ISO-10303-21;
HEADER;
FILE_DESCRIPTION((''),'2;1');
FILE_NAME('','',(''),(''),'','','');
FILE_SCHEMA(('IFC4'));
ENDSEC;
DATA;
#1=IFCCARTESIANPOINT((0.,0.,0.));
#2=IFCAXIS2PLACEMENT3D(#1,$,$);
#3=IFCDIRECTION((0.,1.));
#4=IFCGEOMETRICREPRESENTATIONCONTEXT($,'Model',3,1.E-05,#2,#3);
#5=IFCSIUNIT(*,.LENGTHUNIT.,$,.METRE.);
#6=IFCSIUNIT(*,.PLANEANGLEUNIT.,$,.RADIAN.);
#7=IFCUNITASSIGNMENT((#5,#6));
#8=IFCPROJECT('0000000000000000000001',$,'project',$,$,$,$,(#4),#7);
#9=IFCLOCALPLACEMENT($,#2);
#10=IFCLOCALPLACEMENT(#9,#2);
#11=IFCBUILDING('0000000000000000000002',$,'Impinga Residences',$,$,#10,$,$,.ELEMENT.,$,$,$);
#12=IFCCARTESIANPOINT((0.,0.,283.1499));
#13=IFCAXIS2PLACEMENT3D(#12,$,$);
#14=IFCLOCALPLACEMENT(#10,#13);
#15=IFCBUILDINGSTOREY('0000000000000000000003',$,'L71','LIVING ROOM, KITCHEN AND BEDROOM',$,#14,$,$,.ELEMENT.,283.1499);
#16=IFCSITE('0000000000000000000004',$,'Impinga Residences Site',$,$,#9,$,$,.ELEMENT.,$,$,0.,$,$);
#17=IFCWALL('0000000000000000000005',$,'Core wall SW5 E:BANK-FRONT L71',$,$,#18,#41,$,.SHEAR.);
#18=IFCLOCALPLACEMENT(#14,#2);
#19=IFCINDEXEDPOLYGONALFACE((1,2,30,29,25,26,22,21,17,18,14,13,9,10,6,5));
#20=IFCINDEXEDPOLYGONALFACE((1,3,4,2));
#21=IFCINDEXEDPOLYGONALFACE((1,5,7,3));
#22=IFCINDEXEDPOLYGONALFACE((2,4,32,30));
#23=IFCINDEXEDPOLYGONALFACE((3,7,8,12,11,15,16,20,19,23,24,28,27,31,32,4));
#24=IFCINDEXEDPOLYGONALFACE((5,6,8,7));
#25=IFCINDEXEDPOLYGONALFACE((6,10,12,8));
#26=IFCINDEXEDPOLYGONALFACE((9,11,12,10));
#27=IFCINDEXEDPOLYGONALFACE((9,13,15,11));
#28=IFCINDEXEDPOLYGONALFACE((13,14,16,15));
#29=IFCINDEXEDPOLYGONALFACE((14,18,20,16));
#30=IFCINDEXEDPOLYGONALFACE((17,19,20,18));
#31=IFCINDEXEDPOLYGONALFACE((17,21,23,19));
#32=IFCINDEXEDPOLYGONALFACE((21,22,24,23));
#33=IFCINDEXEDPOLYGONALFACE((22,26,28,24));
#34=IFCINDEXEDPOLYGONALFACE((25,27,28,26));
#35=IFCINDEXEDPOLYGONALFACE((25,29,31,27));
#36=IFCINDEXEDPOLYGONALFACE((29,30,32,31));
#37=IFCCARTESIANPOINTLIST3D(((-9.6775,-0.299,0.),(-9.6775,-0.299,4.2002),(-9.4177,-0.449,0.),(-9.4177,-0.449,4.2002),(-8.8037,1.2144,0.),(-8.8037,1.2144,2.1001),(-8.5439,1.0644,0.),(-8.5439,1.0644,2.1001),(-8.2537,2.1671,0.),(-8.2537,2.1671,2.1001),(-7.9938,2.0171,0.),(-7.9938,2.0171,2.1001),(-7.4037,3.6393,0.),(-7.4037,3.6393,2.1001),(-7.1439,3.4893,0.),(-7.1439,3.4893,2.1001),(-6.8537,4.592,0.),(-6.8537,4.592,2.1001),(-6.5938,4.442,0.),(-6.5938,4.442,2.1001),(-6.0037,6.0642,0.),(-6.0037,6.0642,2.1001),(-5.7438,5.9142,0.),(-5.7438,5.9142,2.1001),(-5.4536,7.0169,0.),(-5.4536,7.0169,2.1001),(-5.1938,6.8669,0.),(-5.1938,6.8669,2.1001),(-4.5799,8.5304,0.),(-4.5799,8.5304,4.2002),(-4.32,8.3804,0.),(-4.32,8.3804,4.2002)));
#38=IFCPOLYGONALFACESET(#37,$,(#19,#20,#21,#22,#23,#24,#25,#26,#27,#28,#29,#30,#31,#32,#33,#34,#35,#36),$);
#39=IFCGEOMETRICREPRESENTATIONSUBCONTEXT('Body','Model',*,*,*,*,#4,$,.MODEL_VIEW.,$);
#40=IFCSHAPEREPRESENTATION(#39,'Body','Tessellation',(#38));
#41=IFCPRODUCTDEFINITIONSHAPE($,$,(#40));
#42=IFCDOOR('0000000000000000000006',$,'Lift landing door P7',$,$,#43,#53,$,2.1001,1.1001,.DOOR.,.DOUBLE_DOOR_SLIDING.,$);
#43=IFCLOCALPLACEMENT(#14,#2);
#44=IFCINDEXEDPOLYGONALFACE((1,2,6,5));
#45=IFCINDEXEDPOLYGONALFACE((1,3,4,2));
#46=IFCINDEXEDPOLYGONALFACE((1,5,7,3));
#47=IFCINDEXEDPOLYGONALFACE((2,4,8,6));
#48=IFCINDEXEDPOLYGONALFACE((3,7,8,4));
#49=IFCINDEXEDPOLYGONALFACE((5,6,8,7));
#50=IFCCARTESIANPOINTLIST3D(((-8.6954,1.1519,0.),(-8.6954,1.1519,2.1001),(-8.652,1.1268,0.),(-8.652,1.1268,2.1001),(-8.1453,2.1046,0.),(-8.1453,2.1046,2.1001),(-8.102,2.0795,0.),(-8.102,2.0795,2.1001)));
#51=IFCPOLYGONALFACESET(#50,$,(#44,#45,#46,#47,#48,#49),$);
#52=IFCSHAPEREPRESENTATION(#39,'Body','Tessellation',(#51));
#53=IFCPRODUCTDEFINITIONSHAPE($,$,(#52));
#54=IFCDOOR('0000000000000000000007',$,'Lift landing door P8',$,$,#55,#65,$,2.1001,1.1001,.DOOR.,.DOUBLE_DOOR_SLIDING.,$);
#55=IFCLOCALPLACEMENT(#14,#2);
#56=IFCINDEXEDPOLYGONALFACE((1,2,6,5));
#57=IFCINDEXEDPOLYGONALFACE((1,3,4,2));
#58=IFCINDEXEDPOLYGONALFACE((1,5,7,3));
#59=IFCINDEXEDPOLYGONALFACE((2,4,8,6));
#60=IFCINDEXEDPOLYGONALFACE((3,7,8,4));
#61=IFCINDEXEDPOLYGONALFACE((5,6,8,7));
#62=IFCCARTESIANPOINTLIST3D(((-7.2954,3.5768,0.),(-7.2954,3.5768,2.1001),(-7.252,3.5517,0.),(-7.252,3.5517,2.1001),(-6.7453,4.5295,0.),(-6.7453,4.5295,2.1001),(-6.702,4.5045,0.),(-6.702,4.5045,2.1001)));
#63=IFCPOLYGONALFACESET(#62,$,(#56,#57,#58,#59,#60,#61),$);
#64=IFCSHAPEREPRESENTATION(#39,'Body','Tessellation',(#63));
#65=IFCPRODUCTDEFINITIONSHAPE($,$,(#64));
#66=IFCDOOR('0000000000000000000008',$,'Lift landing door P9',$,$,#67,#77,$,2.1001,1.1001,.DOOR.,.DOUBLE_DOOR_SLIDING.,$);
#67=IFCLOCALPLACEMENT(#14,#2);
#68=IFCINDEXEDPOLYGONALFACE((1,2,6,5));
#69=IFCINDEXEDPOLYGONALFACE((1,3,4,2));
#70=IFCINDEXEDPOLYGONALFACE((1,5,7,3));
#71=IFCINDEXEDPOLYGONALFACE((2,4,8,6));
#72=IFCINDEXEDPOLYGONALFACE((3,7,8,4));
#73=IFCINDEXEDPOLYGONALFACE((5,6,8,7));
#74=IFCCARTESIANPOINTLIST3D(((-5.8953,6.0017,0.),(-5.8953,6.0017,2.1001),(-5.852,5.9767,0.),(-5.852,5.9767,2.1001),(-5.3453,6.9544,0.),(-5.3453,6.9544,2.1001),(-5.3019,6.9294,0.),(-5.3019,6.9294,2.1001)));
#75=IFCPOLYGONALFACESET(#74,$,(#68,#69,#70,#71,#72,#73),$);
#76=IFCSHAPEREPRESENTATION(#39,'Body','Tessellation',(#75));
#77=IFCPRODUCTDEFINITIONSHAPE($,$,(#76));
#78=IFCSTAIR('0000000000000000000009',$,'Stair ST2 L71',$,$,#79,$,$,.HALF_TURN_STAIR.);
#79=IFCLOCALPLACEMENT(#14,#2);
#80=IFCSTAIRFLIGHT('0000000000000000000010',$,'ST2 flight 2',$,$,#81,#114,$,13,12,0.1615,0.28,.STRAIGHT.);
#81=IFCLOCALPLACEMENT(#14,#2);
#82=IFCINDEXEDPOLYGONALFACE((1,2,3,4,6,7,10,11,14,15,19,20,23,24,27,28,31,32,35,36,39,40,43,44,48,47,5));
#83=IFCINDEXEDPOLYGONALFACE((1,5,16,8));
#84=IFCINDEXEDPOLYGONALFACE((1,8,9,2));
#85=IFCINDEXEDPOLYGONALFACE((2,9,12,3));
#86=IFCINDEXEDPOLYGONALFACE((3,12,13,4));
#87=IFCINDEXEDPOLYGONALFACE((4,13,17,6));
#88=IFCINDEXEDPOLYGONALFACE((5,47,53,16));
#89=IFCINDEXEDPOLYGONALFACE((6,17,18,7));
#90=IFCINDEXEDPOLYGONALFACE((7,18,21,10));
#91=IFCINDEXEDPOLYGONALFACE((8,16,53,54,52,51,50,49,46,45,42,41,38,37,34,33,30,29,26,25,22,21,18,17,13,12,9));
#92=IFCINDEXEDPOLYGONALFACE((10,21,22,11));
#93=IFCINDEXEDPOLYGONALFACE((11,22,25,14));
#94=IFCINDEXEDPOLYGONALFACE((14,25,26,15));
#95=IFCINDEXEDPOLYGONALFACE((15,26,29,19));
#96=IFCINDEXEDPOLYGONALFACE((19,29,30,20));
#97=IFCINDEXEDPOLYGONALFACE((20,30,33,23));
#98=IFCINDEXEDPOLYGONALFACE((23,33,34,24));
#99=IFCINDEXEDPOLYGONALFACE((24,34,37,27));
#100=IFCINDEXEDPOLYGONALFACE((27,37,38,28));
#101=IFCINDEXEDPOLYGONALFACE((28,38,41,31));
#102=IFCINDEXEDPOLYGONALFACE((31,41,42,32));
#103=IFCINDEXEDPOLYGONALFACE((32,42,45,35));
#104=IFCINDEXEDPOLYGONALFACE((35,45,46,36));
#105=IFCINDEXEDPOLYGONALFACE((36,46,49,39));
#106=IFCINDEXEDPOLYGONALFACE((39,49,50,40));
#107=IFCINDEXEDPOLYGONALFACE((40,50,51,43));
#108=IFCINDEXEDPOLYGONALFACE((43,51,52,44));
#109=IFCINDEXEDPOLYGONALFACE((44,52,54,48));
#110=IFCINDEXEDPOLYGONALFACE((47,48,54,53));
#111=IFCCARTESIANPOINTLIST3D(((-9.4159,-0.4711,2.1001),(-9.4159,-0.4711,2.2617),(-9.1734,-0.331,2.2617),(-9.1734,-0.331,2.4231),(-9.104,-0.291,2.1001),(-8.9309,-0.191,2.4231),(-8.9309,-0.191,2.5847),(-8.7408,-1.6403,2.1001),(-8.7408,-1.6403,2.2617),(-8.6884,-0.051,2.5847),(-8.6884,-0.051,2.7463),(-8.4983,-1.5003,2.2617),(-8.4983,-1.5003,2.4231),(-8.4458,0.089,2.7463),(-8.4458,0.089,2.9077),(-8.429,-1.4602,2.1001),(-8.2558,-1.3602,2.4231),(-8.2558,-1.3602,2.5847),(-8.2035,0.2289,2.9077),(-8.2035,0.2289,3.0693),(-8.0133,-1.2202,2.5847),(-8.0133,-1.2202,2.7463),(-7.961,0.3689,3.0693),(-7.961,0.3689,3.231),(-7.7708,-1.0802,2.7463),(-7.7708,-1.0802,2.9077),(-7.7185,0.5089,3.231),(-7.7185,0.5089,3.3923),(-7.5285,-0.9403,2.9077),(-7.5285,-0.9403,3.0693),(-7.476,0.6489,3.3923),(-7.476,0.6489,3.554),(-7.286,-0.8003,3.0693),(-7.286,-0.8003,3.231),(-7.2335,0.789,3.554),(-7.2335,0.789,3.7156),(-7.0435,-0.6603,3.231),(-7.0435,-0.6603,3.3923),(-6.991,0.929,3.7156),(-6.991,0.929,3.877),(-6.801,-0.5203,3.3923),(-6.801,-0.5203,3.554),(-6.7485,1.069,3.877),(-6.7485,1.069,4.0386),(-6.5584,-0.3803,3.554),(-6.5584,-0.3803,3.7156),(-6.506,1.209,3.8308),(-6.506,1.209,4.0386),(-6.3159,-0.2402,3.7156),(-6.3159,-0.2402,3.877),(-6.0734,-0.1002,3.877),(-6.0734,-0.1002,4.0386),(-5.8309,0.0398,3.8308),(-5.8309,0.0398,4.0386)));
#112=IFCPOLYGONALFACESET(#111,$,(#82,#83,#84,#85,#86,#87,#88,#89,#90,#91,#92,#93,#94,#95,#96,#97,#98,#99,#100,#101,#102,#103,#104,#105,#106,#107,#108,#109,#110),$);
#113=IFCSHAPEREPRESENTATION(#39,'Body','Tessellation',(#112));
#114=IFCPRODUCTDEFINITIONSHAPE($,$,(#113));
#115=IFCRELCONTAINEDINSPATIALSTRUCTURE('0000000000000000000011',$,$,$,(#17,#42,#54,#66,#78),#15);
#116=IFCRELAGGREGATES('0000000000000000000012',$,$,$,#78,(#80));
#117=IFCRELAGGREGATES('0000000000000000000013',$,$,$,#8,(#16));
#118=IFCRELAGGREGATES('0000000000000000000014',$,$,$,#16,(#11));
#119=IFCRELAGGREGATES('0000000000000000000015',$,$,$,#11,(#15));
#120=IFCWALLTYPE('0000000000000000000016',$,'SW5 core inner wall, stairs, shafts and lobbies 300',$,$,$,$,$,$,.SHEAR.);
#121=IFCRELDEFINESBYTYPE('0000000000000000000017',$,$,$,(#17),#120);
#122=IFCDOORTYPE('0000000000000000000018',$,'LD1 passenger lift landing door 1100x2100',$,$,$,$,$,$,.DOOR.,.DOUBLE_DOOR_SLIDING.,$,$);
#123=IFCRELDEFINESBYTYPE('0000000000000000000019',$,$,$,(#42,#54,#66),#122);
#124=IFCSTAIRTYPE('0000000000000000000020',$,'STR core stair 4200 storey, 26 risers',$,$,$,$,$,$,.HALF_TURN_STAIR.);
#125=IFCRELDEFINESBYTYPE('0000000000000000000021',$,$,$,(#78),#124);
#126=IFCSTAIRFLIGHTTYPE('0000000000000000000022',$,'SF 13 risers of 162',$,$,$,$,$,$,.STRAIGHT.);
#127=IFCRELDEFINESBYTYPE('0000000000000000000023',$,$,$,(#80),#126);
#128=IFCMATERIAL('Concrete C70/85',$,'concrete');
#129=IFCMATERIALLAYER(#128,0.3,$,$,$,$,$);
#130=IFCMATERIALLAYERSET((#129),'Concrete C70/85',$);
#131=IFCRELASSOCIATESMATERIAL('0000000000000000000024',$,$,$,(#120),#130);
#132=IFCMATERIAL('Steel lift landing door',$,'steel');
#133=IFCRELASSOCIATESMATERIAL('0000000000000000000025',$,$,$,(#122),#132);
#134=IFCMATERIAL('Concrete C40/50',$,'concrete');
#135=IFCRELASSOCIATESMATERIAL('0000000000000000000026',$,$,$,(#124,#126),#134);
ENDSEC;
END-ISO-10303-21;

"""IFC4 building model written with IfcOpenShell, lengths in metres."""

from ifc_helpers import new_model, si_unit, direction, frame, frame_2d, origin, place, context, subcontext, project, spatial, polyline, rectangle, outline, extrude, material, layer, layer_set, type_object, element, fill, aggregate, save


model = new_model("IFC4")

# Units and contexts
model_context = context("Model", 3, precision=1e-05, world=origin(), true_north=direction((0.0, 1.0)))
body_context = subcontext(model_context, "Body", "Model", "MODEL_VIEW")
ifc_project = project(units=[si_unit("LENGTHUNIT", "METRE"), si_unit("PLANEANGLEUNIT", "RADIAN")], contexts=[model_context])

# Site, building, storey
site_placement = place(None, origin())
site = spatial("IfcSite", under=ifc_project, at=site_placement, Name="Impinga Residences Site", CompositionType="ELEMENT", RefElevation=0.0)
building_placement = place(site_placement, origin())
building = spatial("IfcBuilding", under=site, at=building_placement, Name="Impinga Residences", CompositionType="ELEMENT")
storey_placement = place(building_placement, frame((0.0, 0.0, 283.1499)))
storey = spatial("IfcBuildingStorey", under=building, at=storey_placement, Name="L71", Description="LIVING ROOM, KITCHEN AND BEDROOM", CompositionType="ELEMENT", Elevation=283.1499)

# Wall, openings, doors
ifc_material_1 = material(Name="Concrete C70/85", Category="concrete")
ifc_layer_1 = layer(ifc_material_1, 0.3)
ifc_layer_set_1 = layer_set([ifc_layer_1], Name="Concrete C70/85")
wall_type_1 = type_object("IfcWallType", Name="SW5 core inner wall, stairs, shafts and lobbies 300", PredefinedType="SHEAR", material=ifc_layer_set_1)
wall_1_placement = place(storey_placement, frame((-9.5476, -0.374, 0.0), z_axis=(0.0, 0.0, 1.0), x_axis=(0.500002, 0.866024, 0.0)))
wall_1 = element("IfcWall", 1, at=wall_1_placement, inside=storey, type_object=wall_type_1, Name="Core wall SW5 E:BANK-FRONT L71", PredefinedType="SHEAR", context=body_context, shape_type="SweptSolid", body=[
    extrude(rectangle(XDim=10.1953, YDim=0.3, at=frame_2d((5.0977, 0.0))), origin(), (0.0, 0.0, 1.0), 4.2002),
])
opening_1_placement = place(wall_1_placement, frame((1.7476, 0.0, 0.0)))
opening_1 = element("IfcOpeningElement", 2, at=opening_1_placement, cuts=wall_1, PredefinedType="OPENING", context=body_context, shape_type="SweptSolid", body=[
    extrude(rectangle(XDim=1.1001, YDim=2.1001, at=frame_2d((0.55, 1.05))), frame((0.0, 0.1599, 0.0), z_axis=(0.0, -1.0, 0.0), x_axis=(1.0, 0.0, 0.0)), (0.0, 0.0, 1.0), 0.3201),
])
opening_2_placement = place(wall_1_placement, frame((4.5476, 0.0, 0.0)))
opening_2 = element("IfcOpeningElement", 3, at=opening_2_placement, cuts=wall_1, PredefinedType="OPENING", context=body_context, shape_type="SweptSolid", body=[
    extrude(rectangle(XDim=1.1001, YDim=2.1001, at=frame_2d((0.55, 1.05))), frame((0.0, 0.1599, 0.0), z_axis=(0.0, -1.0, 0.0), x_axis=(1.0, 0.0, 0.0)), (0.0, 0.0, 1.0), 0.3201),
])
opening_3_placement = place(wall_1_placement, frame((7.3477, 0.0, 0.0)))
opening_3 = element("IfcOpeningElement", 4, at=opening_3_placement, cuts=wall_1, PredefinedType="OPENING", context=body_context, shape_type="SweptSolid", body=[
    extrude(rectangle(XDim=1.1001, YDim=2.1001, at=frame_2d((0.55, 1.05))), frame((0.0, 0.1599, 0.0), z_axis=(0.0, -1.0, 0.0), x_axis=(1.0, 0.0, 0.0)), (0.0, 0.0, 1.0), 0.3201),
])
ifc_material_2 = material(Name="Steel lift landing door", Category="steel")
door_type_1 = type_object("IfcDoorType", Name="LD1 passenger lift landing door 1100x2100", OperationType="DOUBLE_DOOR_SLIDING", PredefinedType="DOOR", material=ifc_material_2)
door_1_placement = place(opening_1_placement, origin())
door_1 = element("IfcDoor", 5, at=door_1_placement, inside=storey, type_object=door_type_1, Name="Lift landing door P7", OperationType="DOUBLE_DOOR_SLIDING", OverallHeight=2.1001, OverallWidth=1.1001, PredefinedType="DOOR", context=body_context, shape_type="SweptSolid", body=[
    extrude(rectangle(XDim=1.1001, YDim=2.1001, at=frame_2d((0.55, 1.05))), frame((0.0, 0.0249, 0.0), z_axis=(0.0, -1.0, 0.0), x_axis=(1.0, 0.0, 0.0)), (0.0, 0.0, 1.0), 0.05),
])
fill(opening_1, door_1)
door_2_placement = place(opening_2_placement, origin())
door_2 = element("IfcDoor", 6, at=door_2_placement, inside=storey, type_object=door_type_1, Name="Lift landing door P8", OperationType="DOUBLE_DOOR_SLIDING", OverallHeight=2.1001, OverallWidth=1.1001, PredefinedType="DOOR", context=body_context, shape_type="SweptSolid", body=[
    extrude(rectangle(XDim=1.1001, YDim=2.1001, at=frame_2d((0.55, 1.05))), frame((0.0, 0.0249, 0.0), z_axis=(0.0, -1.0, 0.0), x_axis=(1.0, 0.0, 0.0)), (0.0, 0.0, 1.0), 0.05),
])
fill(opening_2, door_2)
door_3_placement = place(opening_3_placement, origin())
door_3 = element("IfcDoor", 7, at=door_3_placement, inside=storey, type_object=door_type_1, Name="Lift landing door P9", OperationType="DOUBLE_DOOR_SLIDING", OverallHeight=2.1001, OverallWidth=1.1001, PredefinedType="DOOR", context=body_context, shape_type="SweptSolid", body=[
    extrude(rectangle(XDim=1.1001, YDim=2.1001, at=frame_2d((0.55, 1.05))), frame((0.0, 0.0249, 0.0), z_axis=(0.0, -1.0, 0.0), x_axis=(1.0, 0.0, 0.0)), (0.0, 0.0, 1.0), 0.05),
])
fill(opening_3, door_3)

# Stair, stair flight
ifc_material_3 = material(Name="Concrete C40/50", Category="concrete")
stair_type = type_object("IfcStairType", Name="STR core stair 4200 storey, 26 risers", PredefinedType="HALF_TURN_STAIR", material=ifc_material_3)
stair_placement = place(storey_placement, origin())
stair = element("IfcStair", 8, at=stair_placement, inside=storey, type_object=stair_type, Name="Stair ST2 L71", PredefinedType="HALF_TURN_STAIR")
stair_flight_type = type_object("IfcStairFlightType", Name="SF 13 risers of 162", PredefinedType="STRAIGHT", material=ifc_material_3)
stair_flight_placement = place(storey_placement, frame((-9.0784, -1.0557, 2.1001), z_axis=(0.0, 0.0, 1.0), x_axis=(0.866025, 0.5, 0.0)))
stair_flight = element("IfcStairFlight", 9, at=stair_flight_placement, type_object=stair_flight_type, Name="ST2 flight 2", NumberOfRisers=13, NumberOfTreads=12, PredefinedType="STRAIGHT", RiserHeight=0.1615, TreadLength=0.28, context=body_context, shape_type="SweptSolid", body=[
    extrude(outline(polyline([(0.0, 0.0), (0.0, 0.1616), (0.28, 0.1616), (0.28, 0.323), (0.5601, 0.323), (0.5601, 0.4846), (0.8401, 0.4846), (0.8401, 0.6462), (1.1201, 0.6462), (1.1201, 0.8076), (1.3999, 0.8076), (1.3999, 0.9692), (1.6799, 0.9692), (1.6799, 1.1309), (1.96, 1.1309), (1.96, 1.2922), (2.24, 1.2922), (2.24, 1.4539), (2.52, 1.4539), (2.52, 1.6155), (2.8, 1.6155), (2.8, 1.7769), (3.0801, 1.7769), (3.0801, 1.9385), (3.3601, 1.9385), (3.3601, 2.1001), (3.3601, 1.7307), (0.3601, 0.0), (0.0, 0.0)])), frame((0.0, 0.675, 0.0), z_axis=(0.0, -1.0, 0.0), x_axis=(1.0, 0.0, 0.0)), (0.0, 0.0, 1.0), 1.3501),
])
aggregate(stair, [stair_flight])

save(model, "model.ifc")
